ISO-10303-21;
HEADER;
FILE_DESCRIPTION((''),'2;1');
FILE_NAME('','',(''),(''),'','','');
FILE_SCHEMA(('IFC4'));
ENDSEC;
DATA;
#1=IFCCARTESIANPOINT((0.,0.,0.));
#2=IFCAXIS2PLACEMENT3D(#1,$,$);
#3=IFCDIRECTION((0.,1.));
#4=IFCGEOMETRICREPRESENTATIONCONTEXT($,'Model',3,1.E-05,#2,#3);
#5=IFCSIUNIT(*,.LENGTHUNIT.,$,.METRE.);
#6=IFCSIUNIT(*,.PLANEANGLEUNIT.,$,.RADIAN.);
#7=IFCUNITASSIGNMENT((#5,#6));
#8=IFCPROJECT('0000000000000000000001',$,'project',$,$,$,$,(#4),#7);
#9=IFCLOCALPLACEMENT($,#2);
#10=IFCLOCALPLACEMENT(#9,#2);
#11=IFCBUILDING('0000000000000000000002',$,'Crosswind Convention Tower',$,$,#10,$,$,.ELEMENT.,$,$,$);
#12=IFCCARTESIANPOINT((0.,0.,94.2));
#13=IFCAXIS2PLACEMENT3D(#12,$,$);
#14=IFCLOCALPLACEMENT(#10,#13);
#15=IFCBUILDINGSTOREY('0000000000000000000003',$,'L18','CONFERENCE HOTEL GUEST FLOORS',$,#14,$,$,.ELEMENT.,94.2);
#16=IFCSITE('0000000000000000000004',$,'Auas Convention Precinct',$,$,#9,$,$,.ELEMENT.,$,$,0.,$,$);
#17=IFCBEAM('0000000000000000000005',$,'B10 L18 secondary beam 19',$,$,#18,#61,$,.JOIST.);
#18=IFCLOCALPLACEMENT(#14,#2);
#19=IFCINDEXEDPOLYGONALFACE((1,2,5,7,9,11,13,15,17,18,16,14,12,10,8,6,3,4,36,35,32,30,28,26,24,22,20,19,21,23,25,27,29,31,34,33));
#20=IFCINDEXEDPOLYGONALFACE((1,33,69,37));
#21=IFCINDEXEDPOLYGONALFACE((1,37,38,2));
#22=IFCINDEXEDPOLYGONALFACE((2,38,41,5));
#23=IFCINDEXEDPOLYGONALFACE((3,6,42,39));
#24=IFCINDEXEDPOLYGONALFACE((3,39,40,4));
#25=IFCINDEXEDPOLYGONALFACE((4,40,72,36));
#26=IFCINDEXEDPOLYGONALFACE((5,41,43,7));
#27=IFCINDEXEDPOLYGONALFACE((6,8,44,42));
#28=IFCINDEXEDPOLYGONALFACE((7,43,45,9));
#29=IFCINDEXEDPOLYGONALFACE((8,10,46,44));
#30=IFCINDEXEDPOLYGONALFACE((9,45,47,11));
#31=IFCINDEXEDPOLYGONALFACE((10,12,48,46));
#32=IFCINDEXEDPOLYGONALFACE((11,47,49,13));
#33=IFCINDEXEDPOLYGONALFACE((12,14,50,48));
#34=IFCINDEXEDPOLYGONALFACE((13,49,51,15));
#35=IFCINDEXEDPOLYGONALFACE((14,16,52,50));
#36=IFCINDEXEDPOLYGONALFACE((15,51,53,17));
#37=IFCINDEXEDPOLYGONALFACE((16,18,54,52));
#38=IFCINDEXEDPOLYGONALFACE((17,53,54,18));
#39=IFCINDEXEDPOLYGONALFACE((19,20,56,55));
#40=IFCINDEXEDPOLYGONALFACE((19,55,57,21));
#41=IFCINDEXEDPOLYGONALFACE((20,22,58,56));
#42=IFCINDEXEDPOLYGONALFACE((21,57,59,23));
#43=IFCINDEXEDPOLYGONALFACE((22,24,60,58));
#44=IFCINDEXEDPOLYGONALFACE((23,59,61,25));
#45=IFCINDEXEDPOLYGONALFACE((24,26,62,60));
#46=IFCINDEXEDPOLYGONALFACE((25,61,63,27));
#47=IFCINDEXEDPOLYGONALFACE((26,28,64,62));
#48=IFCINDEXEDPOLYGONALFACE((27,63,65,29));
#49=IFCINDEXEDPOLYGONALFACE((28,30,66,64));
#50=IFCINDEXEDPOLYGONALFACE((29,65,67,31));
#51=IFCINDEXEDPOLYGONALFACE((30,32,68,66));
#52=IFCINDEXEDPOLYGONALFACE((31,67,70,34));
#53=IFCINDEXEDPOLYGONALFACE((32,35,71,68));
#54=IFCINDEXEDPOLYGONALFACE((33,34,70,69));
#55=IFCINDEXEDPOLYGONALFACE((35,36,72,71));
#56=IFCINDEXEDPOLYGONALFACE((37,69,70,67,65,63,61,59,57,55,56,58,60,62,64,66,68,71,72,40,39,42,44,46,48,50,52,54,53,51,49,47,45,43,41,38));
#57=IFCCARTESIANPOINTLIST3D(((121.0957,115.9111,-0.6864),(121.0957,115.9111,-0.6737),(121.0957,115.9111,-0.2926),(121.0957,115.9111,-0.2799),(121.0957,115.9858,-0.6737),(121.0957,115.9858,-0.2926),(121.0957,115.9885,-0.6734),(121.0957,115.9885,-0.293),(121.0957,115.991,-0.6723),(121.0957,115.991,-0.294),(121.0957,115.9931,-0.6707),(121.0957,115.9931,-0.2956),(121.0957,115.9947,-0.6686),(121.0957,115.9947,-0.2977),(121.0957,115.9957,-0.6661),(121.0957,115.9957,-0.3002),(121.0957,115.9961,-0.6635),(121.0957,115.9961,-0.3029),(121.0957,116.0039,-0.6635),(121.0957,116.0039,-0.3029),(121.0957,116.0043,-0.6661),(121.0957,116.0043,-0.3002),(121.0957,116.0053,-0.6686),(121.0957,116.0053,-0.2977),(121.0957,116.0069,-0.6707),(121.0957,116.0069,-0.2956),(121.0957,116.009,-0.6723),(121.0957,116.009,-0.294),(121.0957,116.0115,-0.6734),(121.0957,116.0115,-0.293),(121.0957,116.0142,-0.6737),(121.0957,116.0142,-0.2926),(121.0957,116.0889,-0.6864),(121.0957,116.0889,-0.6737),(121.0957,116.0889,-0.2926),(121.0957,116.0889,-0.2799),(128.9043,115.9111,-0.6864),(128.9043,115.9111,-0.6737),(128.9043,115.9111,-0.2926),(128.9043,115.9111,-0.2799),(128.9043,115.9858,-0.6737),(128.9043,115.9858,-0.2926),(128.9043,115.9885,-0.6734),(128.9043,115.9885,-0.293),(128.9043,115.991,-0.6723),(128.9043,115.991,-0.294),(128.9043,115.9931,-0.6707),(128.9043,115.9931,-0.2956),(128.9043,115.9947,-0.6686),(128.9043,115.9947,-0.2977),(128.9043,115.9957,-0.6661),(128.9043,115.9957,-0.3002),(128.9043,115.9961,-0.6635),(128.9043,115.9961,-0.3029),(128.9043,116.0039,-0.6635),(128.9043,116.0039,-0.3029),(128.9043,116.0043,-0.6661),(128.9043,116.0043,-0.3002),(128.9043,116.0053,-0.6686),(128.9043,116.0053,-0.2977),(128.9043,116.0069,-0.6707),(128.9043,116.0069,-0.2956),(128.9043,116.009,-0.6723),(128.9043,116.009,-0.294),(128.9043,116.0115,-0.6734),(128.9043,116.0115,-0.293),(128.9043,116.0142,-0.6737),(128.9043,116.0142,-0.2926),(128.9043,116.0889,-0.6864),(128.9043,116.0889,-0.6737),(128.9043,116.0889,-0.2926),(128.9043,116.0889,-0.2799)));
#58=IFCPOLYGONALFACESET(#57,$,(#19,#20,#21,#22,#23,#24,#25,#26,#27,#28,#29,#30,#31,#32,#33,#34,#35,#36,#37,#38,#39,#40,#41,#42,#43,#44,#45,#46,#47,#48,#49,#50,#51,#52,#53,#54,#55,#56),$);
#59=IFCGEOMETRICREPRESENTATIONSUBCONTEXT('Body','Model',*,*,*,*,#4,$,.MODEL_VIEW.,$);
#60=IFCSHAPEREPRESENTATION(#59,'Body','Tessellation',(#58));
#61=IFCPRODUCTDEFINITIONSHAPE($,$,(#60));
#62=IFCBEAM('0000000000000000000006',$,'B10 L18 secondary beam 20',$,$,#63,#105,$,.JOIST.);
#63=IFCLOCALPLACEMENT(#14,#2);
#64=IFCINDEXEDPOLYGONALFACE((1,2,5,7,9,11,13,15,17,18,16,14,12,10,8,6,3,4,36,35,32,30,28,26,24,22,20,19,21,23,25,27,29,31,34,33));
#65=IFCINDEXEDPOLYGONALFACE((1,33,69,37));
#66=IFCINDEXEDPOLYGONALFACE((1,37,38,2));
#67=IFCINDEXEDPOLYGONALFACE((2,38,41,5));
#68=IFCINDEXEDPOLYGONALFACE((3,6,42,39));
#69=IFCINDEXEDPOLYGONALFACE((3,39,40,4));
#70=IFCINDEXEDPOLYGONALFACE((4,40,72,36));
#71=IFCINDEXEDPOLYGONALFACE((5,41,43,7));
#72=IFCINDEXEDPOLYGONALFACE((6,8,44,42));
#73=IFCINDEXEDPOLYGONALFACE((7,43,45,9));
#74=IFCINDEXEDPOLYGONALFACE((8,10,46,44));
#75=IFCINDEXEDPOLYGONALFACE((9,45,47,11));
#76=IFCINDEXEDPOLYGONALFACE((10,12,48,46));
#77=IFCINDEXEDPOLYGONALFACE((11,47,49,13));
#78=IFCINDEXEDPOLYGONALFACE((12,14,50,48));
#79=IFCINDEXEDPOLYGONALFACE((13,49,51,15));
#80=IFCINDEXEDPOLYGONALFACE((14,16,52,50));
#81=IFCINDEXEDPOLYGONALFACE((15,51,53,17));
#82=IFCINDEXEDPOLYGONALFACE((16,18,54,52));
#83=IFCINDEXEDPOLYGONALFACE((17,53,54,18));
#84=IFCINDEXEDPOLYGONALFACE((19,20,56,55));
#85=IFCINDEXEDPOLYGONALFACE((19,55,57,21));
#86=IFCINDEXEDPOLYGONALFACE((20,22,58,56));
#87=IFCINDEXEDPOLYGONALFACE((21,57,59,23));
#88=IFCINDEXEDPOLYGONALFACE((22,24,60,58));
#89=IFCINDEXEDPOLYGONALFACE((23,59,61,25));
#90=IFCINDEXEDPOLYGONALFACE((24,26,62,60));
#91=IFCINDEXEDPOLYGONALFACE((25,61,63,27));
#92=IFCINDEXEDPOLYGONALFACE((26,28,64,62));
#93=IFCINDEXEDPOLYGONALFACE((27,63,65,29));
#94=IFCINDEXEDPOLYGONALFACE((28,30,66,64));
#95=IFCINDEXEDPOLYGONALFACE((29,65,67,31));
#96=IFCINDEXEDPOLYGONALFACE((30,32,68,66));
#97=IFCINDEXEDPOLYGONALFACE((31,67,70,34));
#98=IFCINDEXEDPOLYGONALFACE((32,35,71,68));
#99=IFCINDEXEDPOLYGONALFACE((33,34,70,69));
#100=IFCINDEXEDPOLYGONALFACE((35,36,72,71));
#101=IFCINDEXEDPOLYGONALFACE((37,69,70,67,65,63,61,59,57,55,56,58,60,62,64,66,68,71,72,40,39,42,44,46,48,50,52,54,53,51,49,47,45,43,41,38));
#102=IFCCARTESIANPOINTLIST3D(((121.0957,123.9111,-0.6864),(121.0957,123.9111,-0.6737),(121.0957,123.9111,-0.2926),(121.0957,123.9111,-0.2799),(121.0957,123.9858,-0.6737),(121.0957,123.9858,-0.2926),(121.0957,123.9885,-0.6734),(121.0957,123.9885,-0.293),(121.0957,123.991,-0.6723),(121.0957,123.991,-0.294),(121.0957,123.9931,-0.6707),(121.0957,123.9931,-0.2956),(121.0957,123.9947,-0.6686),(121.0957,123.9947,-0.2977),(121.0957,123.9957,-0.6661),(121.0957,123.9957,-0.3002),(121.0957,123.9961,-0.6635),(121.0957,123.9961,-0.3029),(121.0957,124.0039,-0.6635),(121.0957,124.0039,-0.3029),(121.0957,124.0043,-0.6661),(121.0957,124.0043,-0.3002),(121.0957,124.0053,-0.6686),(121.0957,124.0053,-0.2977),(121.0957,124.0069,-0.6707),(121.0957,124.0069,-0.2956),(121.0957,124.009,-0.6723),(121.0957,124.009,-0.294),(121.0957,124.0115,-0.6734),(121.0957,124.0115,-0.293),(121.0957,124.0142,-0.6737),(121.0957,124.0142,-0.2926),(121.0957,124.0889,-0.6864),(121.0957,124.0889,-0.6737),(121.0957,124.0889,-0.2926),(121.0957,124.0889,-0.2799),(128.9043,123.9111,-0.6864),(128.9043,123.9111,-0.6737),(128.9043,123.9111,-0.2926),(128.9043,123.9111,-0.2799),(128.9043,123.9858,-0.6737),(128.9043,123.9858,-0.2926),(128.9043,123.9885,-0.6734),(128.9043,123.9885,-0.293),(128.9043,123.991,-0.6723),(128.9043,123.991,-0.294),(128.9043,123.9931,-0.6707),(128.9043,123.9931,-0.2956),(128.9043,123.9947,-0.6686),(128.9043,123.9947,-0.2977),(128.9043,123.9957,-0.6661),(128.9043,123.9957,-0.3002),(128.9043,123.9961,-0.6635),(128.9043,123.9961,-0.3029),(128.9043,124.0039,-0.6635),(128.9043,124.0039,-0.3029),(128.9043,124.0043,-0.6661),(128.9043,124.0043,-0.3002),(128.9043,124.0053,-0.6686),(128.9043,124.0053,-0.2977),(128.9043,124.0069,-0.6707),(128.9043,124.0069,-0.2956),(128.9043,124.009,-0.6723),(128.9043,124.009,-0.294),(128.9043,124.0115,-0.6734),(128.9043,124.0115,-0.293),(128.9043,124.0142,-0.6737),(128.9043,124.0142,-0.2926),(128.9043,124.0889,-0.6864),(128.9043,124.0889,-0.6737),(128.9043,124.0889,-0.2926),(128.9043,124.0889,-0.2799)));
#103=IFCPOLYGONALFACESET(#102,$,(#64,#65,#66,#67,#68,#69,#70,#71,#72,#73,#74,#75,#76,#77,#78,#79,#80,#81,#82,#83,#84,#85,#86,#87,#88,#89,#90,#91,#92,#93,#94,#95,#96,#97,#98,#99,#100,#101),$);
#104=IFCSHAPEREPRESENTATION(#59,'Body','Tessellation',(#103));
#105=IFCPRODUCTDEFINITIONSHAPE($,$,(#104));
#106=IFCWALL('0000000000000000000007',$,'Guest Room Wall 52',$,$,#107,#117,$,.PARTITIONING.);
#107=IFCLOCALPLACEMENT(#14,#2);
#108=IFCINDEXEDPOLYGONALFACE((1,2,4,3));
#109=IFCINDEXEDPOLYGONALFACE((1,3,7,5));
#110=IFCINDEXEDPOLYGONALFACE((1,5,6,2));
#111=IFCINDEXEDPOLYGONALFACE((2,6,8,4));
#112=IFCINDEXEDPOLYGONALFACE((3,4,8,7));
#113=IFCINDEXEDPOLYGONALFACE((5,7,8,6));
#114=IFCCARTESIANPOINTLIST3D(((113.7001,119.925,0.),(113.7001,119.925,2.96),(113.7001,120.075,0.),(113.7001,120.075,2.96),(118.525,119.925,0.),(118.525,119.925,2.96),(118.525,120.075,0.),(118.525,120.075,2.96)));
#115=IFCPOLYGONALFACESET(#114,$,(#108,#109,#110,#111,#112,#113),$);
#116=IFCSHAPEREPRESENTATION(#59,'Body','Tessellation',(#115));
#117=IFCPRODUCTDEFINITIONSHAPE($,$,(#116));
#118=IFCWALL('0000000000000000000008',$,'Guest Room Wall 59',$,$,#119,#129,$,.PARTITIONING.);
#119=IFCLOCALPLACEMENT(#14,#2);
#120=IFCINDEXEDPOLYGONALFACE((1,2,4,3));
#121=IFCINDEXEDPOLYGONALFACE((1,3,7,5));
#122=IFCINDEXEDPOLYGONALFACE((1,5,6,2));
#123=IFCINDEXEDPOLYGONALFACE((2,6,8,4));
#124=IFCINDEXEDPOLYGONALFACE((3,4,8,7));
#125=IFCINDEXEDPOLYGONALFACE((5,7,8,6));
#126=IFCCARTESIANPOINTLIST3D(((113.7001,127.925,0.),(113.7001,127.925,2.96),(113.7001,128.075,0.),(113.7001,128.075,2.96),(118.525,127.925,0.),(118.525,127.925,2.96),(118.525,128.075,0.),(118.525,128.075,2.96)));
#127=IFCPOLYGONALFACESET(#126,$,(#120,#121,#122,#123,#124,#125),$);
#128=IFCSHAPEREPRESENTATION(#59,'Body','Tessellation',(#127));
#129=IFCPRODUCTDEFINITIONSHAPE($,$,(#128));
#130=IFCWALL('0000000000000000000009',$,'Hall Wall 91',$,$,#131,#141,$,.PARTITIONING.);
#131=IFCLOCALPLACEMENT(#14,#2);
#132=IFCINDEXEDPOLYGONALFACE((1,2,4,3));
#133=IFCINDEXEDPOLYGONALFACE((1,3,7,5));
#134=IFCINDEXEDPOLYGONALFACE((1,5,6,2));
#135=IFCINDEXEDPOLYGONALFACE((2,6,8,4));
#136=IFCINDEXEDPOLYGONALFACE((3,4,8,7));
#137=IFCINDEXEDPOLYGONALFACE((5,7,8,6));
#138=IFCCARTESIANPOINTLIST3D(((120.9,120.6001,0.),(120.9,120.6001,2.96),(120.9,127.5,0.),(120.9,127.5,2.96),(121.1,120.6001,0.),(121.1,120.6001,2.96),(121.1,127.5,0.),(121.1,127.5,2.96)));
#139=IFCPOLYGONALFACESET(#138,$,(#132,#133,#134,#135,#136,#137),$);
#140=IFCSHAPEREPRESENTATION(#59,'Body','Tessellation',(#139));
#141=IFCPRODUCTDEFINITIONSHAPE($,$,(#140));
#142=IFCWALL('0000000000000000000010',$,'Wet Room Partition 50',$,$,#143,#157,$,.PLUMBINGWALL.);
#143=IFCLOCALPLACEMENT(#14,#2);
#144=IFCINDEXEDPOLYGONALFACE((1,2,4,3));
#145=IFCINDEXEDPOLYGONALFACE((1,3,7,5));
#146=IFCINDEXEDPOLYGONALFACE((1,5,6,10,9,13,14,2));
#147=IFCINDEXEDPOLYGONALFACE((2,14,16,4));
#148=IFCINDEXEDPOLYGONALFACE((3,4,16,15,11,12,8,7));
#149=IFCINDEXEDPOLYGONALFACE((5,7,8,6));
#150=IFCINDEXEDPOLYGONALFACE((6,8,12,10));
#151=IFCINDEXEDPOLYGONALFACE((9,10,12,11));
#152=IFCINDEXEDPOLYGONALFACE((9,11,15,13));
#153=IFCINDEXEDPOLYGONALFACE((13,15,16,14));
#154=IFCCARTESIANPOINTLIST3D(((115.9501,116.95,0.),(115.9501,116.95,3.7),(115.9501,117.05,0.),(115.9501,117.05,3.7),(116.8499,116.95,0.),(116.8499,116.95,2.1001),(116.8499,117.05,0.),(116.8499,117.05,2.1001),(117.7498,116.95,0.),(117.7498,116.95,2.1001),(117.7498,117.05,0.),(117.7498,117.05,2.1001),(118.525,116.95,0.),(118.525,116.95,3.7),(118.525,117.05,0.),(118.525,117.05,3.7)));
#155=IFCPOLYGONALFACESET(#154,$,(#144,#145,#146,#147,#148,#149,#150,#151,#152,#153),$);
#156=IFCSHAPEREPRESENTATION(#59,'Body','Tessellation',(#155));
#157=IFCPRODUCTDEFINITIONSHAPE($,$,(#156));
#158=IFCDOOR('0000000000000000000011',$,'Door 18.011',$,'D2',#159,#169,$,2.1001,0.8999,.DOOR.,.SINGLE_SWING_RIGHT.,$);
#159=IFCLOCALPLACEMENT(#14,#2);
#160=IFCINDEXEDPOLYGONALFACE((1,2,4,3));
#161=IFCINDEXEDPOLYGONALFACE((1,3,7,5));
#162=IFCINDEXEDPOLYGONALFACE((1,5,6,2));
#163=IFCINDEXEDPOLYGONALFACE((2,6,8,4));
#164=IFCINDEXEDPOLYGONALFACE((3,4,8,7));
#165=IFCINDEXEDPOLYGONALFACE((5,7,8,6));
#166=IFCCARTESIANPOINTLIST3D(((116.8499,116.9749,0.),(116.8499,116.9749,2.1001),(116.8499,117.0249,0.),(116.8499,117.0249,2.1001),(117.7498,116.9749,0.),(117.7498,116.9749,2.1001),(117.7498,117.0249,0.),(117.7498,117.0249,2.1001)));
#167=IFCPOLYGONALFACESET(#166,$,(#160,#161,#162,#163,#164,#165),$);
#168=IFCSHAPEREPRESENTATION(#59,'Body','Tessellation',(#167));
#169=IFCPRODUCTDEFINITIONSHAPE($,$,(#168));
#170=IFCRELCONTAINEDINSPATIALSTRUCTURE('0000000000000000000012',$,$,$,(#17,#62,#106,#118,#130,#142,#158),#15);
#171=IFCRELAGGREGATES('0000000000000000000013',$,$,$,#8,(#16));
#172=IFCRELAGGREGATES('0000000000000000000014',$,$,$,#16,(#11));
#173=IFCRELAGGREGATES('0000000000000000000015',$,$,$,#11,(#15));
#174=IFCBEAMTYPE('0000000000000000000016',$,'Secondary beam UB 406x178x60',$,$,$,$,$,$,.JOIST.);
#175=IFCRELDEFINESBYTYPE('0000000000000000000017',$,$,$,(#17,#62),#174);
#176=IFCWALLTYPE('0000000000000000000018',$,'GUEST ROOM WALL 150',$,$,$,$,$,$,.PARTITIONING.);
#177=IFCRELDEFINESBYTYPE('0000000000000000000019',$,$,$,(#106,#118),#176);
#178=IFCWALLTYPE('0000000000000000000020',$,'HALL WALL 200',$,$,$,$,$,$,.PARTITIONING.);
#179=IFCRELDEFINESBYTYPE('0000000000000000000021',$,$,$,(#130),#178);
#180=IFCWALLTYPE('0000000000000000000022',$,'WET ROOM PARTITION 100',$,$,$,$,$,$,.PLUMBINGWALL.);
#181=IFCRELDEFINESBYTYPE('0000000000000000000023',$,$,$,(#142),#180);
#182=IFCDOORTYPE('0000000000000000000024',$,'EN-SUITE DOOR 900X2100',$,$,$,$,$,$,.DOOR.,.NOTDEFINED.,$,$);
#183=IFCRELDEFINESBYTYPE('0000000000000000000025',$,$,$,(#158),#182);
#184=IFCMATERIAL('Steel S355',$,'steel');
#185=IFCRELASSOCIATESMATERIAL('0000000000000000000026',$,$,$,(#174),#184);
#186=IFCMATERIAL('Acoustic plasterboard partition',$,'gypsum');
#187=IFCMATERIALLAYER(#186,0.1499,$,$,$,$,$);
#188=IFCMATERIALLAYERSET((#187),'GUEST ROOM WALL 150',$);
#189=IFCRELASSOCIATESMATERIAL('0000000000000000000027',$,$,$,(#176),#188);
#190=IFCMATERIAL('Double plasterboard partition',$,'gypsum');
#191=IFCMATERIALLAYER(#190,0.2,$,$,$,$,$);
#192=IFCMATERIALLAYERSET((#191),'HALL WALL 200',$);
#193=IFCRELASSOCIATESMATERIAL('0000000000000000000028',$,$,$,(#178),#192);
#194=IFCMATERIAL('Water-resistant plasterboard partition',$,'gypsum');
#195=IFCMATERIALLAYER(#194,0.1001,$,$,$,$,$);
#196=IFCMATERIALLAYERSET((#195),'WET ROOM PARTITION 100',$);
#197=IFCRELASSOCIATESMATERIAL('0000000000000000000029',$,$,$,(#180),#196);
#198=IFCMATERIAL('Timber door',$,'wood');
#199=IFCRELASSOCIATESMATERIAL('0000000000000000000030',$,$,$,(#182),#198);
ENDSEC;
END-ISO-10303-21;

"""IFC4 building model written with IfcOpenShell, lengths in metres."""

from ifc_helpers import new_model, si_unit, direction, frame, frame_2d, origin, origin_2d, place, context, subcontext, project, spatial, rectangle, i_section, extrude, material, layer, layer_set, material_profile, profile_set, type_object, element, fill, save


model = new_model("IFC4")

# Units and contexts
model_context = context("Model", 3, precision=1e-05, world=origin(), true_north=direction((0.0, 1.0)))
body_context = subcontext(model_context, "Body", "Model", "MODEL_VIEW")
ifc_project = project(units=[si_unit("LENGTHUNIT", "METRE"), si_unit("PLANEANGLEUNIT", "RADIAN")], contexts=[model_context])

# Site, building, storey
site_placement = place(None, origin())
site = spatial("IfcSite", under=ifc_project, at=site_placement, Name="Auas Convention Precinct", CompositionType="ELEMENT", RefElevation=0.0)
building_placement = place(site_placement, origin())
building = spatial("IfcBuilding", under=site, at=building_placement, Name="Crosswind Convention Tower", CompositionType="ELEMENT")
storey_placement = place(building_placement, frame((0.0, 0.0, 94.2)))
storey = spatial("IfcBuildingStorey", under=building, at=storey_placement, Name="L18", Description="CONFERENCE HOTEL GUEST FLOORS", CompositionType="ELEMENT", Elevation=94.2)

# Beams
ifc_material_1 = material(Name="Steel S355", Category="steel")
ifc_material_profile_1 = material_profile(ifc_material_1, i_section(OverallWidth=0.1777, OverallDepth=0.4065, WebThickness=0.0078, FlangeThickness=0.0127, FilletRadius=0.0103, at=origin_2d()), Name="UB 406x178x60")
ifc_profile_set_1 = profile_set([ifc_material_profile_1], Name="Steel S355")
beam_type_1 = type_object("IfcBeamType", Name="Secondary beam UB 406x178x60", PredefinedType="JOIST", material=ifc_profile_set_1)
for number, where, z_axis, x_axis, name in (
    (1, (121.0957, 116.0, -0.4832), (1.0, 0.0, 0.0), (0.0, 1.0, 0.0), "B10 L18 secondary beam 19"),
    (2, (121.0957, 124.0, -0.4832), (1.0, 0.0, 0.0), (0.0, 1.0, 0.0), "B10 L18 secondary beam 20"),
):
    element("IfcBeam", number, at=place(storey_placement, frame(where, z_axis=z_axis, x_axis=x_axis)), inside=storey, type_object=beam_type_1, Name=name, PredefinedType="JOIST", context=body_context, shape_type="SweptSolid", body=[
        extrude(i_section(OverallWidth=0.1777, OverallDepth=0.4065, WebThickness=0.0078, FlangeThickness=0.0127, FilletRadius=0.0103, at=origin_2d()), origin(), (0.0, 0.0, 1.0), 7.8086),
    ])

# Walls
ifc_material_2 = material(Name="Acoustic plasterboard partition", Category="gypsum")
ifc_layer_1 = layer(ifc_material_2, 0.1499)
ifc_layer_set_1 = layer_set([ifc_layer_1], Name="GUEST ROOM WALL 150")
wall_type_1 = type_object("IfcWallType", Name="GUEST ROOM WALL 150", PredefinedType="PARTITIONING", material=ifc_layer_set_1)
for number, where, z_axis, x_axis, name in (
    (3, (113.7, 120.0, 0.0), (0.0, 0.0, 1.0), (1.0, 0.0, 0.0), "Guest Room Wall 52"),
    (4, (113.7, 128.0, 0.0), (0.0, 0.0, 1.0), (1.0, 0.0, 0.0), "Guest Room Wall 59"),
):
    element("IfcWall", number, at=place(storey_placement, frame(where, z_axis=z_axis, x_axis=x_axis)), inside=storey, type_object=wall_type_1, Name=name, PredefinedType="PARTITIONING", context=body_context, shape_type="SweptSolid", body=[
        extrude(rectangle(XDim=4.825, YDim=0.1499, at=frame_2d((2.4126, 0.0))), origin(), (0.0, 0.0, 1.0), 2.96),
    ])
ifc_material_3 = material(Name="Double plasterboard partition", Category="gypsum")
ifc_layer_2 = layer(ifc_material_3, 0.2)
ifc_layer_set_2 = layer_set([ifc_layer_2], Name="HALL WALL 200")
wall_type_2 = type_object("IfcWallType", Name="HALL WALL 200", PredefinedType="PARTITIONING", material=ifc_layer_set_2)
wall_1_placement = place(storey_placement, frame((121.0, 120.6001, 0.0), z_axis=(0.0, 0.0, 1.0), x_axis=(0.0, 1.0, 0.0)))
element("IfcWall", 5, at=wall_1_placement, inside=storey, type_object=wall_type_2, Name="Hall Wall 91", PredefinedType="PARTITIONING", context=body_context, shape_type="SweptSolid", body=[
    extrude(rectangle(XDim=6.8999, YDim=0.2, at=frame_2d((3.45, 0.0))), origin(), (0.0, 0.0, 1.0), 2.96),
])

# Wall, opening, door
ifc_material_4 = material(Name="Water-resistant plasterboard partition", Category="gypsum")
ifc_layer_3 = layer(ifc_material_4, 0.1001)
ifc_layer_set_3 = layer_set([ifc_layer_3], Name="WET ROOM PARTITION 100")
wall_type_3 = type_object("IfcWallType", Name="WET ROOM PARTITION 100", PredefinedType="PLUMBINGWALL", material=ifc_layer_set_3)
wall_2_placement = place(storey_placement, frame((115.95, 117.0, 0.0), z_axis=(0.0, 0.0, 1.0), x_axis=(1.0, 0.0, 0.0)))
wall_2 = element("IfcWall", 6, at=wall_2_placement, inside=storey, type_object=wall_type_3, Name="Wet Room Partition 50", PredefinedType="PLUMBINGWALL", context=body_context, shape_type="SweptSolid", body=[
    extrude(rectangle(XDim=2.575, YDim=0.1001, at=frame_2d((1.2876, 0.0))), origin(), (0.0, 0.0, 1.0), 3.7),
])
opening_1_placement = place(wall_2_placement, frame((0.8999, 0.0, 0.0)))
opening_1 = element("IfcOpeningElement", 7, at=opening_1_placement, cuts=wall_2, PredefinedType="OPENING", context=body_context, shape_type="SweptSolid", body=[
    extrude(rectangle(XDim=0.8999, YDim=2.1001, at=frame_2d((0.45, 1.05))), frame((0.0, 0.0601, 0.0), z_axis=(0.0, -1.0, 0.0), x_axis=(1.0, 0.0, 0.0)), (0.0, 0.0, 1.0), 0.1201),
])
ifc_material_5 = material(Name="Timber door", Category="wood")
door_type = type_object("IfcDoorType", Name="EN-SUITE DOOR 900X2100", OperationType="NOTDEFINED", PredefinedType="DOOR", material=ifc_material_5)
door_1_placement = place(opening_1_placement, origin())
door_1 = element("IfcDoor", 8, at=door_1_placement, inside=storey, type_object=door_type, Name="Door 18.011", ObjectType="D2", OperationType="SINGLE_SWING_RIGHT", OverallHeight=2.1001, OverallWidth=0.8999, PredefinedType="DOOR", context=body_context, shape_type="SweptSolid", body=[
    extrude(rectangle(XDim=0.8999, YDim=2.1001, at=frame_2d((0.45, 1.05))), frame((0.0, 0.0249, 0.0), z_axis=(0.0, -1.0, 0.0), x_axis=(1.0, 0.0, 0.0)), (0.0, 0.0, 1.0), 0.05),
])
fill(opening_1, door_1)

save(model, "model.ifc")
